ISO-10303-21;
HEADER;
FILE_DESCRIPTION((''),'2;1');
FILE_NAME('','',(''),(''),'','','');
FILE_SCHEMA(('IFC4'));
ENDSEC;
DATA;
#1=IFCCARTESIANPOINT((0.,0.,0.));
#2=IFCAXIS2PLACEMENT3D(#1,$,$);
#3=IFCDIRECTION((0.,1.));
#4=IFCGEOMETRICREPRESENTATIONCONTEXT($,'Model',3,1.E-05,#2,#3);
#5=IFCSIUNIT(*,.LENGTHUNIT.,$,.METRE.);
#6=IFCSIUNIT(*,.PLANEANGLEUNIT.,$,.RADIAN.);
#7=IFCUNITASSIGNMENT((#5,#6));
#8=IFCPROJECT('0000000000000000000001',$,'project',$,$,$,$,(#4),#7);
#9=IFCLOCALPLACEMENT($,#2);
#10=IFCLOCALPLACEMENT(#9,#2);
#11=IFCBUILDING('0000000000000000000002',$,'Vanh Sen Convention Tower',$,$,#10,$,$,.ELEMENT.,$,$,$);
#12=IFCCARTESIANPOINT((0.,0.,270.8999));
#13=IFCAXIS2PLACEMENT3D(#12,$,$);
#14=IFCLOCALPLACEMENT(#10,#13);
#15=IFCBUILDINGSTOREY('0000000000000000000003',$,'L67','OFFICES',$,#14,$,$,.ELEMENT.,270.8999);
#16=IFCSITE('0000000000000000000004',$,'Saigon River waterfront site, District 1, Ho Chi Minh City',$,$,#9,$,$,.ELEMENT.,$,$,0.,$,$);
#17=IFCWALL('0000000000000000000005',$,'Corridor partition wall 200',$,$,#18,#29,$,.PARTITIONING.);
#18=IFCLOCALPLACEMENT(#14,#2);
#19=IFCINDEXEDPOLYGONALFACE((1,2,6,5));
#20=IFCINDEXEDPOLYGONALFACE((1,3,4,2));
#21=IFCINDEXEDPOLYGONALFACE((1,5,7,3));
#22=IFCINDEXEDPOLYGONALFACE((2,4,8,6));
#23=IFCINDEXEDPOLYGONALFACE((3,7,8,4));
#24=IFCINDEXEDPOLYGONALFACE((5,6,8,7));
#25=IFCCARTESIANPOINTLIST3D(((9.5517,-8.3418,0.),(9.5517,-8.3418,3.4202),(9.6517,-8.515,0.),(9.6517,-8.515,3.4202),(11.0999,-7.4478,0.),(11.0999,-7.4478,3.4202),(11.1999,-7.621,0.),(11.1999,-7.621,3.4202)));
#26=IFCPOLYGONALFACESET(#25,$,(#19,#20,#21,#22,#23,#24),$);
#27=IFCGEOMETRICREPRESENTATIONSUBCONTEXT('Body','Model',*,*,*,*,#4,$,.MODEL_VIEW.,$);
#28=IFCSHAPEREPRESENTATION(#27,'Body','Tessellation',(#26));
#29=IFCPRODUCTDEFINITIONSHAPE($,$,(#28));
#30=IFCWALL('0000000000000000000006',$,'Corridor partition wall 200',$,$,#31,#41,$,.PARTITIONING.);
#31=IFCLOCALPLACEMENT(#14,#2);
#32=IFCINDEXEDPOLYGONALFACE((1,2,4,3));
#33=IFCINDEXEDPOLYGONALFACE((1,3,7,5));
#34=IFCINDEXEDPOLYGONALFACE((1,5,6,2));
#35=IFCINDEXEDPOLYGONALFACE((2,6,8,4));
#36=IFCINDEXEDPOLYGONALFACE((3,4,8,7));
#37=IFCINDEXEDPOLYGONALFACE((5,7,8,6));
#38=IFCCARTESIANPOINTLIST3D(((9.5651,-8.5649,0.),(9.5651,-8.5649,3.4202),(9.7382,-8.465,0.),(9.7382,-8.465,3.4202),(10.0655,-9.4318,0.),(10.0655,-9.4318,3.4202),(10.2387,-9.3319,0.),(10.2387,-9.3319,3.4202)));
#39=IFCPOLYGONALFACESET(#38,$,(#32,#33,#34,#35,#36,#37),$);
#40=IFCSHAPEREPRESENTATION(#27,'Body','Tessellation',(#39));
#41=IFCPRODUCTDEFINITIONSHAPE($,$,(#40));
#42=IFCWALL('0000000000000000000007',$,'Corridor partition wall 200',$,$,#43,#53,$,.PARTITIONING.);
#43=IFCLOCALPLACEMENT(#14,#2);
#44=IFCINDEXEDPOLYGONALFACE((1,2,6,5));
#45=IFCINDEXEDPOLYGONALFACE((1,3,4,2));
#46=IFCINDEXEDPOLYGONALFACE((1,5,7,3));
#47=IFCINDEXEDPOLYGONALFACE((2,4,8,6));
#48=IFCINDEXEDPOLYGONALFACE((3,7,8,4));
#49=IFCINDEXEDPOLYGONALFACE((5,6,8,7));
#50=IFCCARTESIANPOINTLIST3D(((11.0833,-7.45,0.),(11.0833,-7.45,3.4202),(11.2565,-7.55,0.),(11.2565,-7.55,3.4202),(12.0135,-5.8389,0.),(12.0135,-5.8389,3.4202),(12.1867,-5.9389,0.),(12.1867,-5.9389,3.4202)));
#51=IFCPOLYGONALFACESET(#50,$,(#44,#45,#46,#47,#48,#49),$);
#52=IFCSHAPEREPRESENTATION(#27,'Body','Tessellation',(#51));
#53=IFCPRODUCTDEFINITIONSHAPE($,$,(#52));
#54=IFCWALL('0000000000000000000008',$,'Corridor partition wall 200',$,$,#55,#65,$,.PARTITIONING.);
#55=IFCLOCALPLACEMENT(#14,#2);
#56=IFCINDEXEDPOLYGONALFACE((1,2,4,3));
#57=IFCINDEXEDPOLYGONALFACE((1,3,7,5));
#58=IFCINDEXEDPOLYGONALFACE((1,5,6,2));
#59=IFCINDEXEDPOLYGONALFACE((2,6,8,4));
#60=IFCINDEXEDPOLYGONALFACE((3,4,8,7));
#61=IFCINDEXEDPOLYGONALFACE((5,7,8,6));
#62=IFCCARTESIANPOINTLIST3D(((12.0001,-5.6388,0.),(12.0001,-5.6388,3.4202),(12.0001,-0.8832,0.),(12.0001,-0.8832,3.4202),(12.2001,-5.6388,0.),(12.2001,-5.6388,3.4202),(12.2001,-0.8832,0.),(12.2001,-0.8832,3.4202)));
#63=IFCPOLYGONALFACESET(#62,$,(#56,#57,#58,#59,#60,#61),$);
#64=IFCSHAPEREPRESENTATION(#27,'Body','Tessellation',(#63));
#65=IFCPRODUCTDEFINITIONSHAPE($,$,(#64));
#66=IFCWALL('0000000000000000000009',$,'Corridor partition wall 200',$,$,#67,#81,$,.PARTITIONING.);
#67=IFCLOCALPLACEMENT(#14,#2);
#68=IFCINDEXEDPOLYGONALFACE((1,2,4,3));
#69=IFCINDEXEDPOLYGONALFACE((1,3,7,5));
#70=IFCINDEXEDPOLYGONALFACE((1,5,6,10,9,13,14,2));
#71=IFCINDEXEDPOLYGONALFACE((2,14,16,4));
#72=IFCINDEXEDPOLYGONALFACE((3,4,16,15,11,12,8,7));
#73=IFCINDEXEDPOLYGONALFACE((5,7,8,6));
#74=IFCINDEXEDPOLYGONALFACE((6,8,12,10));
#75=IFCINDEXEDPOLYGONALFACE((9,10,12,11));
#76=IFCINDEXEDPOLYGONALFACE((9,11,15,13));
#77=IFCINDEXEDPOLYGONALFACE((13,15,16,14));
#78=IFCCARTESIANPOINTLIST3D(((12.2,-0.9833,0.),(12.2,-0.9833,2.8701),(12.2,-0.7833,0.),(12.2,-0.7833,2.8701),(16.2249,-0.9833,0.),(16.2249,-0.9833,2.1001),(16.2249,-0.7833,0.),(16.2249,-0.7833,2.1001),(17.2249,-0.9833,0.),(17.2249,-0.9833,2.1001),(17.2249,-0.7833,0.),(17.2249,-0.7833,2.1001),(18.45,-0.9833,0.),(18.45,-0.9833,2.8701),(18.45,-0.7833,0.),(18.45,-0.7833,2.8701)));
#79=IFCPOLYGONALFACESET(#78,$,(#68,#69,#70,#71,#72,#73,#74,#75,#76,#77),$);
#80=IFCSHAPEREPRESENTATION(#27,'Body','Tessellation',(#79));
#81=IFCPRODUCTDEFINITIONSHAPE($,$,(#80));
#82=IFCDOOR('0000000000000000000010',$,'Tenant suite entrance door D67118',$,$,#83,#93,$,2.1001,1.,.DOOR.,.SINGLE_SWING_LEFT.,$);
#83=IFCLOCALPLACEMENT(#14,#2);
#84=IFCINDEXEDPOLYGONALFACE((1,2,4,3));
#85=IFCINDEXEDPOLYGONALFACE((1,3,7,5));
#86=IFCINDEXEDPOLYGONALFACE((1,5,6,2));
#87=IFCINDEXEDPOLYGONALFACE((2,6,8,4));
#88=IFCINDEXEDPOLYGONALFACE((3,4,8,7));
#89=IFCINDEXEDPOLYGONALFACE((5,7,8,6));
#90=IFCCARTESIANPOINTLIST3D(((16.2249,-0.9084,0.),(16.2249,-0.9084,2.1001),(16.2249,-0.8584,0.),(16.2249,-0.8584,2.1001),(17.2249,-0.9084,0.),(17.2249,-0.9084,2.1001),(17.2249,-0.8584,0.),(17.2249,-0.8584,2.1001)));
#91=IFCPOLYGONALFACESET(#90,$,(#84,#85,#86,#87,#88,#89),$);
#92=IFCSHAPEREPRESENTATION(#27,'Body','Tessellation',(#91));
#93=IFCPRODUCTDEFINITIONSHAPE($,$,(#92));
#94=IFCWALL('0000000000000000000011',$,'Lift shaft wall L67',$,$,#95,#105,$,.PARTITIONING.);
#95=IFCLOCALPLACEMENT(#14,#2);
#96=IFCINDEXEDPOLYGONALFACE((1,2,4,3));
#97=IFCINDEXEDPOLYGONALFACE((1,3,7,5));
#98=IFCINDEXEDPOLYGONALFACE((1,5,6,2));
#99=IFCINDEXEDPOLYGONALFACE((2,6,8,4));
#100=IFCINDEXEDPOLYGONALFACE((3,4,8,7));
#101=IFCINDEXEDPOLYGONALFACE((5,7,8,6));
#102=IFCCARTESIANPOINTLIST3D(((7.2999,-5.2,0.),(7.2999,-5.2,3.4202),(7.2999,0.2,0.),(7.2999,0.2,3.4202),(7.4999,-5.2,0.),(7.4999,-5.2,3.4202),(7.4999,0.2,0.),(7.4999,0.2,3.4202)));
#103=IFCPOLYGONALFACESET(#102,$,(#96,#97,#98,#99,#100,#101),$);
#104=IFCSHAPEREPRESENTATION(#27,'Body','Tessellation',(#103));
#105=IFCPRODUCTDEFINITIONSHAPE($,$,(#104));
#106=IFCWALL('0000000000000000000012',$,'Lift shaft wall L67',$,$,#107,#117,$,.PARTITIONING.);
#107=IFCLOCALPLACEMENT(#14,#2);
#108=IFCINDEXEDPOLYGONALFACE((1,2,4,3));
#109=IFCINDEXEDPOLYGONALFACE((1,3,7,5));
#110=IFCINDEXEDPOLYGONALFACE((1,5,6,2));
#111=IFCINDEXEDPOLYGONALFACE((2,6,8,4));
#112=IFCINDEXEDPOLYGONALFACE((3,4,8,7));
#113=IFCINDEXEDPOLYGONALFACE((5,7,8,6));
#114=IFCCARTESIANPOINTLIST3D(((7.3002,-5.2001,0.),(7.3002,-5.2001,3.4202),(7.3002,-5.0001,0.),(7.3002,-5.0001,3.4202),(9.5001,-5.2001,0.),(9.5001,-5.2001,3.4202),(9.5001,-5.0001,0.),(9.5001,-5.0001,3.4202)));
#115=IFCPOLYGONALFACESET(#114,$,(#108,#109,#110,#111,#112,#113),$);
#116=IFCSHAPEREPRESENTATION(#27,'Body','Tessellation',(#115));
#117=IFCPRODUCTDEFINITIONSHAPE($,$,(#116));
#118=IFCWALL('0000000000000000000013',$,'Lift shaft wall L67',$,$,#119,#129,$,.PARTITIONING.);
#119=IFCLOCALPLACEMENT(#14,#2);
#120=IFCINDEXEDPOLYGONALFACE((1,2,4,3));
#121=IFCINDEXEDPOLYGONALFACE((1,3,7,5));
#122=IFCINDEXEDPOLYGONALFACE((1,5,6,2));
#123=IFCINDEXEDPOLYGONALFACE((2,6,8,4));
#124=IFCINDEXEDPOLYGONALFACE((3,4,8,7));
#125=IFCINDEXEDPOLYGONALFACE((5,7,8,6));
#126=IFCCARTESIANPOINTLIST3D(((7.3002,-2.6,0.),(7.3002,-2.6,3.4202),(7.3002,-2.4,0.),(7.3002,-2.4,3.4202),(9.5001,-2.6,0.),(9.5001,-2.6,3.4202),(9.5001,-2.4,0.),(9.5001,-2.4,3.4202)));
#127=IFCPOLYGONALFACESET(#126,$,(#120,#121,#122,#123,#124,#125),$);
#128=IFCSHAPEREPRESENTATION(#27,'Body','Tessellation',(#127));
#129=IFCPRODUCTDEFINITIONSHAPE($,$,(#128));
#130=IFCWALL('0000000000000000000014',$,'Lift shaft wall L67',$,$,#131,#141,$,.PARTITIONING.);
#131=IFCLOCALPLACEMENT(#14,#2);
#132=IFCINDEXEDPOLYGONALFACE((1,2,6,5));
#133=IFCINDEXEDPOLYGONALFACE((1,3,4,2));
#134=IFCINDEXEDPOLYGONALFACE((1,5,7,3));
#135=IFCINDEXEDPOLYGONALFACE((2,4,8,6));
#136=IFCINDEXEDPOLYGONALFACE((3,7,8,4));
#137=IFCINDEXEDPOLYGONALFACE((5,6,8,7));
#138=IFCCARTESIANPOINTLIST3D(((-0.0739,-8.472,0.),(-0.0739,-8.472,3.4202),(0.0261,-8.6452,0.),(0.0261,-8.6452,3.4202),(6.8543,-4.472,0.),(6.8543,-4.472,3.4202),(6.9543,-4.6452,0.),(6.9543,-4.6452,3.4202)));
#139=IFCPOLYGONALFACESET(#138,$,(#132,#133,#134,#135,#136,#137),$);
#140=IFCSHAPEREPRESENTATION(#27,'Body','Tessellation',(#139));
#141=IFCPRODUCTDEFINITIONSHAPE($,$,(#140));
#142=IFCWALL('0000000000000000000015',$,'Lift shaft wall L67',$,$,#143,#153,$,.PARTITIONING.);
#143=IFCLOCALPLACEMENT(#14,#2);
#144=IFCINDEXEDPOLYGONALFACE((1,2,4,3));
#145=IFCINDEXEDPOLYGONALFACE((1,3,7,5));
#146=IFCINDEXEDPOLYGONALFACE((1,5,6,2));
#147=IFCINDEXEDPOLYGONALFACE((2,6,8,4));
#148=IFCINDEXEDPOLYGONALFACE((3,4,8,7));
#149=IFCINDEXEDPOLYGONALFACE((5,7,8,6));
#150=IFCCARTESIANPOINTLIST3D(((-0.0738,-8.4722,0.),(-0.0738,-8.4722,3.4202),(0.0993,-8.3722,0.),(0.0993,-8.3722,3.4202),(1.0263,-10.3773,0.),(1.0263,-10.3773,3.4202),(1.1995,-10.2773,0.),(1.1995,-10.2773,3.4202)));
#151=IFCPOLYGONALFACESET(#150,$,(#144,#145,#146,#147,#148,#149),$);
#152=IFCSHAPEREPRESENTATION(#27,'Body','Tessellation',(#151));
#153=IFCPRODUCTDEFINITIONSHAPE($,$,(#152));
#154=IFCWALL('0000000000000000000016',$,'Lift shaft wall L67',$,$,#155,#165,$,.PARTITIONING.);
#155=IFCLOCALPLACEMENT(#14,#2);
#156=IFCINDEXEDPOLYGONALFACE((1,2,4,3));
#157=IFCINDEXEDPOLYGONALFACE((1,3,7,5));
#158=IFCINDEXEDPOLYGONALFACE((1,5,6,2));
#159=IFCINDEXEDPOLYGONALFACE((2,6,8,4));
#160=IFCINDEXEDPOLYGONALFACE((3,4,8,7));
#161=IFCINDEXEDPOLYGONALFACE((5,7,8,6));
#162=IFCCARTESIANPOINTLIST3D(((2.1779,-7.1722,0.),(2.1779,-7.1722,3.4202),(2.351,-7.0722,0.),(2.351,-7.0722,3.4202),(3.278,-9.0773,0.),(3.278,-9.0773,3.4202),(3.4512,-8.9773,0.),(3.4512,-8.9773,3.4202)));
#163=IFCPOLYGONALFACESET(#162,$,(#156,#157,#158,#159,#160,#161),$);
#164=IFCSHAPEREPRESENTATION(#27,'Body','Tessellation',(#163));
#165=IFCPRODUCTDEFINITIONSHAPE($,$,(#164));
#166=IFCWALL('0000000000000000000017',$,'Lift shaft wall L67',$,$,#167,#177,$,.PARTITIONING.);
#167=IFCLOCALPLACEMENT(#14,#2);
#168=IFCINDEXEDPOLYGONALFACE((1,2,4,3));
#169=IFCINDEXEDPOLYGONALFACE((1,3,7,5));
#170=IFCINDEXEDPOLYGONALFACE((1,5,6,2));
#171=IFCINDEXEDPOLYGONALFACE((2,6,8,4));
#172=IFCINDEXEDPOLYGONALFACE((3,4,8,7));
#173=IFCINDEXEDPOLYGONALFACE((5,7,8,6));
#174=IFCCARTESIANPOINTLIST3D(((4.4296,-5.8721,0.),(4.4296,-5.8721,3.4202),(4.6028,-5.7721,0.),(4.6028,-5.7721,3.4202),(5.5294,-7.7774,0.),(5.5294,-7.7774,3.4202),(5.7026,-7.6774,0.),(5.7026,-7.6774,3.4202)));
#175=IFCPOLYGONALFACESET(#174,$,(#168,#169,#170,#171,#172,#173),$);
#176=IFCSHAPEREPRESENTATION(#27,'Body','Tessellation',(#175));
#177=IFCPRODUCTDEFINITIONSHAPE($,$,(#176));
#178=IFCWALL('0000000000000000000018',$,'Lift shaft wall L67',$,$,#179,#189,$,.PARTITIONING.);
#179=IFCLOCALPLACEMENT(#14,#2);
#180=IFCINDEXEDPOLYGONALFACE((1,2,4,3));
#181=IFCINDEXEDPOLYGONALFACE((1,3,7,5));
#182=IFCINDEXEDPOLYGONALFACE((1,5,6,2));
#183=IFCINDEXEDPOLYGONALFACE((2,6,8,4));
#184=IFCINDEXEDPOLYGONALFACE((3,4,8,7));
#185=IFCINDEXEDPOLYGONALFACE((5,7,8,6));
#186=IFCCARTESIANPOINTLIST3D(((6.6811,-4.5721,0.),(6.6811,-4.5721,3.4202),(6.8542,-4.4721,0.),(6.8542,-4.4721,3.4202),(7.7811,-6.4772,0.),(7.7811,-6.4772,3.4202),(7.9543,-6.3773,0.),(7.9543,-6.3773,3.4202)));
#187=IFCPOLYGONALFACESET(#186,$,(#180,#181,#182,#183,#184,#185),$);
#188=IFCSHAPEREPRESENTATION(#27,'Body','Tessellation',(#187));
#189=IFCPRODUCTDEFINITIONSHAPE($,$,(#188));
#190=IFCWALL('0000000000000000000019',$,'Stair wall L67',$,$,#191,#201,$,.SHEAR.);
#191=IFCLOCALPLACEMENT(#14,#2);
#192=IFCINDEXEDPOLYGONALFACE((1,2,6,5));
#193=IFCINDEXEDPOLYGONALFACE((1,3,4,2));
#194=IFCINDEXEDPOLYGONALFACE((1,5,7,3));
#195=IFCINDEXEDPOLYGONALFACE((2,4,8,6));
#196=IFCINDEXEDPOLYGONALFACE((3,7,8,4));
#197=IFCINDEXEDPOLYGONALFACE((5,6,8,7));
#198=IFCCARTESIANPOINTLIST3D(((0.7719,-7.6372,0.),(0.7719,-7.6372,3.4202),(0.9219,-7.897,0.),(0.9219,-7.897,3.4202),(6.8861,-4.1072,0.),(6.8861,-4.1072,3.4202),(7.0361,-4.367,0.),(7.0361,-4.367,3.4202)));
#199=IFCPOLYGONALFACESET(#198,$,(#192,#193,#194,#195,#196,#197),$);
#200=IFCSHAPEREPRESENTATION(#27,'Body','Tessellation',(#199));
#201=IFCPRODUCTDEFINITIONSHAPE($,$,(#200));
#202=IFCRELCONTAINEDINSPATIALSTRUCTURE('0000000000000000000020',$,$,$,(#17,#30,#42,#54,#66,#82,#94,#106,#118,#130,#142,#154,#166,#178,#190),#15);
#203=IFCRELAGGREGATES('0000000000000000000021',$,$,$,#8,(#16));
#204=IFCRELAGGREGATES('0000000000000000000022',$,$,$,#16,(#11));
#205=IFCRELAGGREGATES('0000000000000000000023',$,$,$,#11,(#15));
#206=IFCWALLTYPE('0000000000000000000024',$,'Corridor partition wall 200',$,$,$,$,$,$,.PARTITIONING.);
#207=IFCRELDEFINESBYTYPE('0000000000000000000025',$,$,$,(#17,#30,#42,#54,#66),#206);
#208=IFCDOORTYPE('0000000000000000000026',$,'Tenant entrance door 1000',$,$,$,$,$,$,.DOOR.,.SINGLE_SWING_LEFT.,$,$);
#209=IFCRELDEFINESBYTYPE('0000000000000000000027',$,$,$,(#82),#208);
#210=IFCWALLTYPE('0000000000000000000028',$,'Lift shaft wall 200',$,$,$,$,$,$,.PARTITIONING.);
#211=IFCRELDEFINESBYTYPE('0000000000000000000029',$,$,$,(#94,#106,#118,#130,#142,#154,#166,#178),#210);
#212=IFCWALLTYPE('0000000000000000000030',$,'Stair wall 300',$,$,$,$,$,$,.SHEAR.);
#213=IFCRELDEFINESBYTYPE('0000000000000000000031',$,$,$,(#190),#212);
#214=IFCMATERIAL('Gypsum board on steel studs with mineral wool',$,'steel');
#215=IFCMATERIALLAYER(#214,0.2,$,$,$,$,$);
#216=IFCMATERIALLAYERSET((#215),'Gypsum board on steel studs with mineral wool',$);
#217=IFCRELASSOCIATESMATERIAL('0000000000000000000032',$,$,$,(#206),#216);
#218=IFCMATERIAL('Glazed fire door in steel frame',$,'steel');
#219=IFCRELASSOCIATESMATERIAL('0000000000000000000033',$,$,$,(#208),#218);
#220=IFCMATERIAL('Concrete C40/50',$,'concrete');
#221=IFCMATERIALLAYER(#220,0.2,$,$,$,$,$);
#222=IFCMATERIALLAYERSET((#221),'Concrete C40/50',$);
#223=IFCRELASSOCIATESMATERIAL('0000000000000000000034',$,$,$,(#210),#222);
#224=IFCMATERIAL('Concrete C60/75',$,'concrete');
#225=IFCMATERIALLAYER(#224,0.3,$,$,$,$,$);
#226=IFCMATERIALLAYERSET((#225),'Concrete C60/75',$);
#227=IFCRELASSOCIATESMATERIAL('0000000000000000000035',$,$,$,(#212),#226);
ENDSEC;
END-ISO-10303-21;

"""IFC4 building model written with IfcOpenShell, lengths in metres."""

from ifc_helpers import new_model, si_unit, direction, frame, frame_2d, origin, place, context, subcontext, project, spatial, rectangle, extrude, material, layer, layer_set, type_object, element, fill, save


model = new_model("IFC4")

# Units and contexts
model_context = context("Model", 3, precision=1e-05, world=origin(), true_north=direction((0.0, 1.0)))
body_context = subcontext(model_context, "Body", "Model", "MODEL_VIEW")
ifc_project = project(units=[si_unit("LENGTHUNIT", "METRE"), si_unit("PLANEANGLEUNIT", "RADIAN")], contexts=[model_context])

# Site, building, storey
site_placement = place(None, origin())
site = spatial("IfcSite", under=ifc_project, at=site_placement, Name="Saigon River waterfront site, District 1, Ho Chi Minh City", CompositionType="ELEMENT", RefElevation=0.0)
building_placement = place(site_placement, origin())
building = spatial("IfcBuilding", under=site, at=building_placement, Name="Vanh Sen Convention Tower", CompositionType="ELEMENT")
storey_placement = place(building_placement, frame((0.0, 0.0, 270.8999)))
storey = spatial("IfcBuildingStorey", under=building, at=storey_placement, Name="L67", Description="OFFICES", CompositionType="ELEMENT", Elevation=270.8999)

# Shared definitions
ifc_material_1 = material(Name="Concrete C60/75", Category="concrete")

# Shared definitions
ifc_material_2 = material(Name="Gypsum board on steel studs with mineral wool", Category="steel")
ifc_layer_1 = layer(ifc_material_2, 0.2)
ifc_layer_set_1 = layer_set([ifc_layer_1], Name="Gypsum board on steel studs with mineral wool")
wall_type_1 = type_object("IfcWallType", Name="Corridor partition wall 200", PredefinedType="PARTITIONING", material=ifc_layer_set_1)
ifc_material_3 = material(Name="Glazed fire door in steel frame", Category="steel")

# Walls
wall_1_placement = place(storey_placement, frame((9.6016, -8.4285, 0.0), z_axis=(0.0, 0.0, 1.0), x_axis=(0.865999, 0.500046, 0.0)))
element("IfcWall", 1, at=wall_1_placement, inside=storey, type_object=wall_type_1, Name="Corridor partition wall 200", PredefinedType="PARTITIONING", context=body_context, shape_type="SweptSolid", body=[
    extrude(rectangle(XDim=1.7878, YDim=0.2, at=frame_2d((0.894, 0.0))), origin(), (0.0, 0.0, 1.0), 3.4202),
])
wall_2_placement = place(storey_placement, frame((10.1521, -9.3818, 0.0), z_axis=(0.0, 0.0, 1.0), x_axis=(-0.499969, 0.866043, 0.0)))
element("IfcWall", 2, at=wall_2_placement, inside=storey, type_object=wall_type_1, Name="Corridor partition wall 200", PredefinedType="PARTITIONING", context=body_context, shape_type="SweptSolid", body=[
    extrude(rectangle(XDim=1.001, YDim=0.2, at=frame_2d((0.5005, 0.0))), origin(), (0.0, 0.0, 1.0), 3.4202),
])
wall_3_placement = place(storey_placement, frame((11.1699, -7.5, 0.0), z_axis=(0.0, 0.0, 1.0), x_axis=(0.500006, 0.866022, 0.0)))
element("IfcWall", 3, at=wall_3_placement, inside=storey, type_object=wall_type_1, Name="Corridor partition wall 200", PredefinedType="PARTITIONING", context=body_context, shape_type="SweptSolid", body=[
    extrude(rectangle(XDim=1.8604, YDim=0.2, at=frame_2d((0.9302, 0.0))), origin(), (0.0, 0.0, 1.0), 3.4202),
])
wall_4_placement = place(storey_placement, frame((12.1001, -5.6389, 0.0), z_axis=(0.0, 0.0, 1.0), x_axis=(0.0, 1.0, 0.0)))
element("IfcWall", 4, at=wall_4_placement, inside=storey, type_object=wall_type_1, Name="Corridor partition wall 200", PredefinedType="PARTITIONING", context=body_context, shape_type="SweptSolid", body=[
    extrude(rectangle(XDim=4.7556, YDim=0.2, at=frame_2d((2.3779, 0.0))), origin(), (0.0, 0.0, 1.0), 3.4202),
])

# Wall, opening, door
wall_5_placement = place(storey_placement, frame((12.2, -0.8833, 0.0), z_axis=(0.0, 0.0, 1.0), x_axis=(1.0, 0.0, 0.0)))
wall_5 = element("IfcWall", 5, at=wall_5_placement, inside=storey, type_object=wall_type_1, Name="Corridor partition wall 200", PredefinedType="PARTITIONING", context=body_context, shape_type="SweptSolid", body=[
    extrude(rectangle(XDim=6.25, YDim=0.2, at=frame_2d((3.125, 0.0))), origin(), (0.0, 0.0, 1.0), 2.8701),
])
opening_1_placement = place(wall_5_placement, frame((4.0249, 0.0, 0.0)))
opening_1 = element("IfcOpeningElement", 6, at=opening_1_placement, cuts=wall_5, PredefinedType="OPENING", context=body_context, shape_type="SweptSolid", body=[
    extrude(rectangle(XDim=1.0, YDim=2.1001, at=frame_2d((0.5, 1.05))), frame((0.0, 0.1099, 0.0), z_axis=(0.0, -1.0, 0.0), x_axis=(1.0, 0.0, 0.0)), (0.0, 0.0, 1.0), 0.22),
])
door_type_1 = type_object("IfcDoorType", Name="Tenant entrance door 1000", OperationType="SINGLE_SWING_LEFT", PredefinedType="DOOR", material=ifc_material_3)
door_1_placement = place(opening_1_placement, origin())
door_1 = element("IfcDoor", 7, at=door_1_placement, inside=storey, type_object=door_type_1, Name="Tenant suite entrance door D67118", OperationType="SINGLE_SWING_LEFT", OverallHeight=2.1001, OverallWidth=1.0, PredefinedType="DOOR", context=body_context, shape_type="SweptSolid", body=[
    extrude(rectangle(XDim=1.0, YDim=2.1001, at=frame_2d((0.5, 1.05))), frame((0.0, 0.0249, 0.0), z_axis=(0.0, -1.0, 0.0), x_axis=(1.0, 0.0, 0.0)), (0.0, 0.0, 1.0), 0.05),
])
fill(opening_1, door_1)

# Walls
ifc_material_4 = material(Name="Concrete C40/50", Category="concrete")
ifc_layer_2 = layer(ifc_material_4, 0.2)
ifc_layer_set_2 = layer_set([ifc_layer_2], Name="Concrete C40/50")
wall_type_2 = type_object("IfcWallType", Name="Lift shaft wall 200", PredefinedType="PARTITIONING", material=ifc_layer_set_2)
wall_6_placement = place(storey_placement, frame((7.3999, -5.2, 0.0), z_axis=(0.0, 0.0, 1.0), x_axis=(0.0, 1.0, 0.0)))
element("IfcWall", 8, at=wall_6_placement, inside=storey, type_object=wall_type_2, Name="Lift shaft wall L67", PredefinedType="PARTITIONING", context=body_context, shape_type="SweptSolid", body=[
    extrude(rectangle(XDim=5.3999, YDim=0.2, at=frame_2d((2.7, 0.0))), origin(), (0.0, 0.0, 1.0), 3.4202),
])
for number, where, z_axis, x_axis, name in (
    (9, (7.3, -5.1001, 0.0), (0.0, 0.0, 1.0), (1.0, 0.0, 0.0), "Lift shaft wall L67"),
    (10, (7.3, -2.5, 0.0), (0.0, 0.0, 1.0), (1.0, 0.0, 0.0), "Lift shaft wall L67"),
):
    element("IfcWall", number, at=place(storey_placement, frame(where, z_axis=z_axis, x_axis=x_axis)), inside=storey, type_object=wall_type_2, Name=name, PredefinedType="PARTITIONING", context=body_context, shape_type="SweptSolid", body=[
        extrude(rectangle(XDim=2.2, YDim=0.2, at=frame_2d((1.1001, 0.0))), origin(), (0.0, 0.0, 1.0), 3.4202),
    ])
wall_7_placement = place(storey_placement, frame((-0.0239, -8.5586, 0.0), z_axis=(0.0, 0.0, 1.0), x_axis=(0.866026, 0.499999, 0.0)))
element("IfcWall", 11, at=wall_7_placement, inside=storey, type_object=wall_type_2, Name="Lift shaft wall L67", PredefinedType="PARTITIONING", context=body_context, shape_type="SweptSolid", body=[
    extrude(rectangle(XDim=8.0, YDim=0.2, at=frame_2d((4.0, 0.0))), origin(), (0.0, 0.0, 1.0), 3.4202),
])
for number, where, z_axis, x_axis, name in (
    (12, (0.0127, -8.4221, 0.0), (0.0, 0.0, 1.0), (0.500078, -0.86598, 0.0), "Lift shaft wall L67"),
    (13, (2.2644, -7.1221, 0.0), (0.0, 0.0, 1.0), (0.500078, -0.86598, 0.0), "Lift shaft wall L67"),
    (14, (4.5161, -5.822, 0.0), (0.0, 0.0, 1.0), (0.499947, -0.866056, 0.0), "Lift shaft wall L67"),
    (15, (6.7676, -4.522, 0.0), (0.0, 0.0, 1.0), (0.50003, -0.866008, 0.0), "Lift shaft wall L67"),
):
    element("IfcWall", number, at=place(storey_placement, frame(where, z_axis=z_axis, x_axis=x_axis)), inside=storey, type_object=wall_type_2, Name=name, PredefinedType="PARTITIONING", context=body_context, shape_type="SweptSolid", body=[
        extrude(rectangle(XDim=2.2, YDim=0.2, at=frame_2d((1.1001, 0.0))), origin(), (0.0, 0.0, 1.0), 3.4202),
    ])
ifc_layer_3 = layer(ifc_material_1, 0.3)
ifc_layer_set_3 = layer_set([ifc_layer_3], Name="Concrete C60/75")
wall_type_3 = type_object("IfcWallType", Name="Stair wall 300", PredefinedType="SHEAR", material=ifc_layer_set_3)
wall_8_placement = place(storey_placement, frame((0.8469, -7.7671, 0.0), z_axis=(0.0, 0.0, 1.0), x_axis=(0.866028, 0.499996, 0.0)))
element("IfcWall", 16, at=wall_8_placement, inside=storey, type_object=wall_type_3, Name="Stair wall L67", PredefinedType="SHEAR", context=body_context, shape_type="SweptSolid", body=[
    extrude(rectangle(XDim=7.0601, YDim=0.3, at=frame_2d((3.53, 0.0))), origin(), (0.0, 0.0, 1.0), 3.4202),
])

save(model, "model.ifc")
